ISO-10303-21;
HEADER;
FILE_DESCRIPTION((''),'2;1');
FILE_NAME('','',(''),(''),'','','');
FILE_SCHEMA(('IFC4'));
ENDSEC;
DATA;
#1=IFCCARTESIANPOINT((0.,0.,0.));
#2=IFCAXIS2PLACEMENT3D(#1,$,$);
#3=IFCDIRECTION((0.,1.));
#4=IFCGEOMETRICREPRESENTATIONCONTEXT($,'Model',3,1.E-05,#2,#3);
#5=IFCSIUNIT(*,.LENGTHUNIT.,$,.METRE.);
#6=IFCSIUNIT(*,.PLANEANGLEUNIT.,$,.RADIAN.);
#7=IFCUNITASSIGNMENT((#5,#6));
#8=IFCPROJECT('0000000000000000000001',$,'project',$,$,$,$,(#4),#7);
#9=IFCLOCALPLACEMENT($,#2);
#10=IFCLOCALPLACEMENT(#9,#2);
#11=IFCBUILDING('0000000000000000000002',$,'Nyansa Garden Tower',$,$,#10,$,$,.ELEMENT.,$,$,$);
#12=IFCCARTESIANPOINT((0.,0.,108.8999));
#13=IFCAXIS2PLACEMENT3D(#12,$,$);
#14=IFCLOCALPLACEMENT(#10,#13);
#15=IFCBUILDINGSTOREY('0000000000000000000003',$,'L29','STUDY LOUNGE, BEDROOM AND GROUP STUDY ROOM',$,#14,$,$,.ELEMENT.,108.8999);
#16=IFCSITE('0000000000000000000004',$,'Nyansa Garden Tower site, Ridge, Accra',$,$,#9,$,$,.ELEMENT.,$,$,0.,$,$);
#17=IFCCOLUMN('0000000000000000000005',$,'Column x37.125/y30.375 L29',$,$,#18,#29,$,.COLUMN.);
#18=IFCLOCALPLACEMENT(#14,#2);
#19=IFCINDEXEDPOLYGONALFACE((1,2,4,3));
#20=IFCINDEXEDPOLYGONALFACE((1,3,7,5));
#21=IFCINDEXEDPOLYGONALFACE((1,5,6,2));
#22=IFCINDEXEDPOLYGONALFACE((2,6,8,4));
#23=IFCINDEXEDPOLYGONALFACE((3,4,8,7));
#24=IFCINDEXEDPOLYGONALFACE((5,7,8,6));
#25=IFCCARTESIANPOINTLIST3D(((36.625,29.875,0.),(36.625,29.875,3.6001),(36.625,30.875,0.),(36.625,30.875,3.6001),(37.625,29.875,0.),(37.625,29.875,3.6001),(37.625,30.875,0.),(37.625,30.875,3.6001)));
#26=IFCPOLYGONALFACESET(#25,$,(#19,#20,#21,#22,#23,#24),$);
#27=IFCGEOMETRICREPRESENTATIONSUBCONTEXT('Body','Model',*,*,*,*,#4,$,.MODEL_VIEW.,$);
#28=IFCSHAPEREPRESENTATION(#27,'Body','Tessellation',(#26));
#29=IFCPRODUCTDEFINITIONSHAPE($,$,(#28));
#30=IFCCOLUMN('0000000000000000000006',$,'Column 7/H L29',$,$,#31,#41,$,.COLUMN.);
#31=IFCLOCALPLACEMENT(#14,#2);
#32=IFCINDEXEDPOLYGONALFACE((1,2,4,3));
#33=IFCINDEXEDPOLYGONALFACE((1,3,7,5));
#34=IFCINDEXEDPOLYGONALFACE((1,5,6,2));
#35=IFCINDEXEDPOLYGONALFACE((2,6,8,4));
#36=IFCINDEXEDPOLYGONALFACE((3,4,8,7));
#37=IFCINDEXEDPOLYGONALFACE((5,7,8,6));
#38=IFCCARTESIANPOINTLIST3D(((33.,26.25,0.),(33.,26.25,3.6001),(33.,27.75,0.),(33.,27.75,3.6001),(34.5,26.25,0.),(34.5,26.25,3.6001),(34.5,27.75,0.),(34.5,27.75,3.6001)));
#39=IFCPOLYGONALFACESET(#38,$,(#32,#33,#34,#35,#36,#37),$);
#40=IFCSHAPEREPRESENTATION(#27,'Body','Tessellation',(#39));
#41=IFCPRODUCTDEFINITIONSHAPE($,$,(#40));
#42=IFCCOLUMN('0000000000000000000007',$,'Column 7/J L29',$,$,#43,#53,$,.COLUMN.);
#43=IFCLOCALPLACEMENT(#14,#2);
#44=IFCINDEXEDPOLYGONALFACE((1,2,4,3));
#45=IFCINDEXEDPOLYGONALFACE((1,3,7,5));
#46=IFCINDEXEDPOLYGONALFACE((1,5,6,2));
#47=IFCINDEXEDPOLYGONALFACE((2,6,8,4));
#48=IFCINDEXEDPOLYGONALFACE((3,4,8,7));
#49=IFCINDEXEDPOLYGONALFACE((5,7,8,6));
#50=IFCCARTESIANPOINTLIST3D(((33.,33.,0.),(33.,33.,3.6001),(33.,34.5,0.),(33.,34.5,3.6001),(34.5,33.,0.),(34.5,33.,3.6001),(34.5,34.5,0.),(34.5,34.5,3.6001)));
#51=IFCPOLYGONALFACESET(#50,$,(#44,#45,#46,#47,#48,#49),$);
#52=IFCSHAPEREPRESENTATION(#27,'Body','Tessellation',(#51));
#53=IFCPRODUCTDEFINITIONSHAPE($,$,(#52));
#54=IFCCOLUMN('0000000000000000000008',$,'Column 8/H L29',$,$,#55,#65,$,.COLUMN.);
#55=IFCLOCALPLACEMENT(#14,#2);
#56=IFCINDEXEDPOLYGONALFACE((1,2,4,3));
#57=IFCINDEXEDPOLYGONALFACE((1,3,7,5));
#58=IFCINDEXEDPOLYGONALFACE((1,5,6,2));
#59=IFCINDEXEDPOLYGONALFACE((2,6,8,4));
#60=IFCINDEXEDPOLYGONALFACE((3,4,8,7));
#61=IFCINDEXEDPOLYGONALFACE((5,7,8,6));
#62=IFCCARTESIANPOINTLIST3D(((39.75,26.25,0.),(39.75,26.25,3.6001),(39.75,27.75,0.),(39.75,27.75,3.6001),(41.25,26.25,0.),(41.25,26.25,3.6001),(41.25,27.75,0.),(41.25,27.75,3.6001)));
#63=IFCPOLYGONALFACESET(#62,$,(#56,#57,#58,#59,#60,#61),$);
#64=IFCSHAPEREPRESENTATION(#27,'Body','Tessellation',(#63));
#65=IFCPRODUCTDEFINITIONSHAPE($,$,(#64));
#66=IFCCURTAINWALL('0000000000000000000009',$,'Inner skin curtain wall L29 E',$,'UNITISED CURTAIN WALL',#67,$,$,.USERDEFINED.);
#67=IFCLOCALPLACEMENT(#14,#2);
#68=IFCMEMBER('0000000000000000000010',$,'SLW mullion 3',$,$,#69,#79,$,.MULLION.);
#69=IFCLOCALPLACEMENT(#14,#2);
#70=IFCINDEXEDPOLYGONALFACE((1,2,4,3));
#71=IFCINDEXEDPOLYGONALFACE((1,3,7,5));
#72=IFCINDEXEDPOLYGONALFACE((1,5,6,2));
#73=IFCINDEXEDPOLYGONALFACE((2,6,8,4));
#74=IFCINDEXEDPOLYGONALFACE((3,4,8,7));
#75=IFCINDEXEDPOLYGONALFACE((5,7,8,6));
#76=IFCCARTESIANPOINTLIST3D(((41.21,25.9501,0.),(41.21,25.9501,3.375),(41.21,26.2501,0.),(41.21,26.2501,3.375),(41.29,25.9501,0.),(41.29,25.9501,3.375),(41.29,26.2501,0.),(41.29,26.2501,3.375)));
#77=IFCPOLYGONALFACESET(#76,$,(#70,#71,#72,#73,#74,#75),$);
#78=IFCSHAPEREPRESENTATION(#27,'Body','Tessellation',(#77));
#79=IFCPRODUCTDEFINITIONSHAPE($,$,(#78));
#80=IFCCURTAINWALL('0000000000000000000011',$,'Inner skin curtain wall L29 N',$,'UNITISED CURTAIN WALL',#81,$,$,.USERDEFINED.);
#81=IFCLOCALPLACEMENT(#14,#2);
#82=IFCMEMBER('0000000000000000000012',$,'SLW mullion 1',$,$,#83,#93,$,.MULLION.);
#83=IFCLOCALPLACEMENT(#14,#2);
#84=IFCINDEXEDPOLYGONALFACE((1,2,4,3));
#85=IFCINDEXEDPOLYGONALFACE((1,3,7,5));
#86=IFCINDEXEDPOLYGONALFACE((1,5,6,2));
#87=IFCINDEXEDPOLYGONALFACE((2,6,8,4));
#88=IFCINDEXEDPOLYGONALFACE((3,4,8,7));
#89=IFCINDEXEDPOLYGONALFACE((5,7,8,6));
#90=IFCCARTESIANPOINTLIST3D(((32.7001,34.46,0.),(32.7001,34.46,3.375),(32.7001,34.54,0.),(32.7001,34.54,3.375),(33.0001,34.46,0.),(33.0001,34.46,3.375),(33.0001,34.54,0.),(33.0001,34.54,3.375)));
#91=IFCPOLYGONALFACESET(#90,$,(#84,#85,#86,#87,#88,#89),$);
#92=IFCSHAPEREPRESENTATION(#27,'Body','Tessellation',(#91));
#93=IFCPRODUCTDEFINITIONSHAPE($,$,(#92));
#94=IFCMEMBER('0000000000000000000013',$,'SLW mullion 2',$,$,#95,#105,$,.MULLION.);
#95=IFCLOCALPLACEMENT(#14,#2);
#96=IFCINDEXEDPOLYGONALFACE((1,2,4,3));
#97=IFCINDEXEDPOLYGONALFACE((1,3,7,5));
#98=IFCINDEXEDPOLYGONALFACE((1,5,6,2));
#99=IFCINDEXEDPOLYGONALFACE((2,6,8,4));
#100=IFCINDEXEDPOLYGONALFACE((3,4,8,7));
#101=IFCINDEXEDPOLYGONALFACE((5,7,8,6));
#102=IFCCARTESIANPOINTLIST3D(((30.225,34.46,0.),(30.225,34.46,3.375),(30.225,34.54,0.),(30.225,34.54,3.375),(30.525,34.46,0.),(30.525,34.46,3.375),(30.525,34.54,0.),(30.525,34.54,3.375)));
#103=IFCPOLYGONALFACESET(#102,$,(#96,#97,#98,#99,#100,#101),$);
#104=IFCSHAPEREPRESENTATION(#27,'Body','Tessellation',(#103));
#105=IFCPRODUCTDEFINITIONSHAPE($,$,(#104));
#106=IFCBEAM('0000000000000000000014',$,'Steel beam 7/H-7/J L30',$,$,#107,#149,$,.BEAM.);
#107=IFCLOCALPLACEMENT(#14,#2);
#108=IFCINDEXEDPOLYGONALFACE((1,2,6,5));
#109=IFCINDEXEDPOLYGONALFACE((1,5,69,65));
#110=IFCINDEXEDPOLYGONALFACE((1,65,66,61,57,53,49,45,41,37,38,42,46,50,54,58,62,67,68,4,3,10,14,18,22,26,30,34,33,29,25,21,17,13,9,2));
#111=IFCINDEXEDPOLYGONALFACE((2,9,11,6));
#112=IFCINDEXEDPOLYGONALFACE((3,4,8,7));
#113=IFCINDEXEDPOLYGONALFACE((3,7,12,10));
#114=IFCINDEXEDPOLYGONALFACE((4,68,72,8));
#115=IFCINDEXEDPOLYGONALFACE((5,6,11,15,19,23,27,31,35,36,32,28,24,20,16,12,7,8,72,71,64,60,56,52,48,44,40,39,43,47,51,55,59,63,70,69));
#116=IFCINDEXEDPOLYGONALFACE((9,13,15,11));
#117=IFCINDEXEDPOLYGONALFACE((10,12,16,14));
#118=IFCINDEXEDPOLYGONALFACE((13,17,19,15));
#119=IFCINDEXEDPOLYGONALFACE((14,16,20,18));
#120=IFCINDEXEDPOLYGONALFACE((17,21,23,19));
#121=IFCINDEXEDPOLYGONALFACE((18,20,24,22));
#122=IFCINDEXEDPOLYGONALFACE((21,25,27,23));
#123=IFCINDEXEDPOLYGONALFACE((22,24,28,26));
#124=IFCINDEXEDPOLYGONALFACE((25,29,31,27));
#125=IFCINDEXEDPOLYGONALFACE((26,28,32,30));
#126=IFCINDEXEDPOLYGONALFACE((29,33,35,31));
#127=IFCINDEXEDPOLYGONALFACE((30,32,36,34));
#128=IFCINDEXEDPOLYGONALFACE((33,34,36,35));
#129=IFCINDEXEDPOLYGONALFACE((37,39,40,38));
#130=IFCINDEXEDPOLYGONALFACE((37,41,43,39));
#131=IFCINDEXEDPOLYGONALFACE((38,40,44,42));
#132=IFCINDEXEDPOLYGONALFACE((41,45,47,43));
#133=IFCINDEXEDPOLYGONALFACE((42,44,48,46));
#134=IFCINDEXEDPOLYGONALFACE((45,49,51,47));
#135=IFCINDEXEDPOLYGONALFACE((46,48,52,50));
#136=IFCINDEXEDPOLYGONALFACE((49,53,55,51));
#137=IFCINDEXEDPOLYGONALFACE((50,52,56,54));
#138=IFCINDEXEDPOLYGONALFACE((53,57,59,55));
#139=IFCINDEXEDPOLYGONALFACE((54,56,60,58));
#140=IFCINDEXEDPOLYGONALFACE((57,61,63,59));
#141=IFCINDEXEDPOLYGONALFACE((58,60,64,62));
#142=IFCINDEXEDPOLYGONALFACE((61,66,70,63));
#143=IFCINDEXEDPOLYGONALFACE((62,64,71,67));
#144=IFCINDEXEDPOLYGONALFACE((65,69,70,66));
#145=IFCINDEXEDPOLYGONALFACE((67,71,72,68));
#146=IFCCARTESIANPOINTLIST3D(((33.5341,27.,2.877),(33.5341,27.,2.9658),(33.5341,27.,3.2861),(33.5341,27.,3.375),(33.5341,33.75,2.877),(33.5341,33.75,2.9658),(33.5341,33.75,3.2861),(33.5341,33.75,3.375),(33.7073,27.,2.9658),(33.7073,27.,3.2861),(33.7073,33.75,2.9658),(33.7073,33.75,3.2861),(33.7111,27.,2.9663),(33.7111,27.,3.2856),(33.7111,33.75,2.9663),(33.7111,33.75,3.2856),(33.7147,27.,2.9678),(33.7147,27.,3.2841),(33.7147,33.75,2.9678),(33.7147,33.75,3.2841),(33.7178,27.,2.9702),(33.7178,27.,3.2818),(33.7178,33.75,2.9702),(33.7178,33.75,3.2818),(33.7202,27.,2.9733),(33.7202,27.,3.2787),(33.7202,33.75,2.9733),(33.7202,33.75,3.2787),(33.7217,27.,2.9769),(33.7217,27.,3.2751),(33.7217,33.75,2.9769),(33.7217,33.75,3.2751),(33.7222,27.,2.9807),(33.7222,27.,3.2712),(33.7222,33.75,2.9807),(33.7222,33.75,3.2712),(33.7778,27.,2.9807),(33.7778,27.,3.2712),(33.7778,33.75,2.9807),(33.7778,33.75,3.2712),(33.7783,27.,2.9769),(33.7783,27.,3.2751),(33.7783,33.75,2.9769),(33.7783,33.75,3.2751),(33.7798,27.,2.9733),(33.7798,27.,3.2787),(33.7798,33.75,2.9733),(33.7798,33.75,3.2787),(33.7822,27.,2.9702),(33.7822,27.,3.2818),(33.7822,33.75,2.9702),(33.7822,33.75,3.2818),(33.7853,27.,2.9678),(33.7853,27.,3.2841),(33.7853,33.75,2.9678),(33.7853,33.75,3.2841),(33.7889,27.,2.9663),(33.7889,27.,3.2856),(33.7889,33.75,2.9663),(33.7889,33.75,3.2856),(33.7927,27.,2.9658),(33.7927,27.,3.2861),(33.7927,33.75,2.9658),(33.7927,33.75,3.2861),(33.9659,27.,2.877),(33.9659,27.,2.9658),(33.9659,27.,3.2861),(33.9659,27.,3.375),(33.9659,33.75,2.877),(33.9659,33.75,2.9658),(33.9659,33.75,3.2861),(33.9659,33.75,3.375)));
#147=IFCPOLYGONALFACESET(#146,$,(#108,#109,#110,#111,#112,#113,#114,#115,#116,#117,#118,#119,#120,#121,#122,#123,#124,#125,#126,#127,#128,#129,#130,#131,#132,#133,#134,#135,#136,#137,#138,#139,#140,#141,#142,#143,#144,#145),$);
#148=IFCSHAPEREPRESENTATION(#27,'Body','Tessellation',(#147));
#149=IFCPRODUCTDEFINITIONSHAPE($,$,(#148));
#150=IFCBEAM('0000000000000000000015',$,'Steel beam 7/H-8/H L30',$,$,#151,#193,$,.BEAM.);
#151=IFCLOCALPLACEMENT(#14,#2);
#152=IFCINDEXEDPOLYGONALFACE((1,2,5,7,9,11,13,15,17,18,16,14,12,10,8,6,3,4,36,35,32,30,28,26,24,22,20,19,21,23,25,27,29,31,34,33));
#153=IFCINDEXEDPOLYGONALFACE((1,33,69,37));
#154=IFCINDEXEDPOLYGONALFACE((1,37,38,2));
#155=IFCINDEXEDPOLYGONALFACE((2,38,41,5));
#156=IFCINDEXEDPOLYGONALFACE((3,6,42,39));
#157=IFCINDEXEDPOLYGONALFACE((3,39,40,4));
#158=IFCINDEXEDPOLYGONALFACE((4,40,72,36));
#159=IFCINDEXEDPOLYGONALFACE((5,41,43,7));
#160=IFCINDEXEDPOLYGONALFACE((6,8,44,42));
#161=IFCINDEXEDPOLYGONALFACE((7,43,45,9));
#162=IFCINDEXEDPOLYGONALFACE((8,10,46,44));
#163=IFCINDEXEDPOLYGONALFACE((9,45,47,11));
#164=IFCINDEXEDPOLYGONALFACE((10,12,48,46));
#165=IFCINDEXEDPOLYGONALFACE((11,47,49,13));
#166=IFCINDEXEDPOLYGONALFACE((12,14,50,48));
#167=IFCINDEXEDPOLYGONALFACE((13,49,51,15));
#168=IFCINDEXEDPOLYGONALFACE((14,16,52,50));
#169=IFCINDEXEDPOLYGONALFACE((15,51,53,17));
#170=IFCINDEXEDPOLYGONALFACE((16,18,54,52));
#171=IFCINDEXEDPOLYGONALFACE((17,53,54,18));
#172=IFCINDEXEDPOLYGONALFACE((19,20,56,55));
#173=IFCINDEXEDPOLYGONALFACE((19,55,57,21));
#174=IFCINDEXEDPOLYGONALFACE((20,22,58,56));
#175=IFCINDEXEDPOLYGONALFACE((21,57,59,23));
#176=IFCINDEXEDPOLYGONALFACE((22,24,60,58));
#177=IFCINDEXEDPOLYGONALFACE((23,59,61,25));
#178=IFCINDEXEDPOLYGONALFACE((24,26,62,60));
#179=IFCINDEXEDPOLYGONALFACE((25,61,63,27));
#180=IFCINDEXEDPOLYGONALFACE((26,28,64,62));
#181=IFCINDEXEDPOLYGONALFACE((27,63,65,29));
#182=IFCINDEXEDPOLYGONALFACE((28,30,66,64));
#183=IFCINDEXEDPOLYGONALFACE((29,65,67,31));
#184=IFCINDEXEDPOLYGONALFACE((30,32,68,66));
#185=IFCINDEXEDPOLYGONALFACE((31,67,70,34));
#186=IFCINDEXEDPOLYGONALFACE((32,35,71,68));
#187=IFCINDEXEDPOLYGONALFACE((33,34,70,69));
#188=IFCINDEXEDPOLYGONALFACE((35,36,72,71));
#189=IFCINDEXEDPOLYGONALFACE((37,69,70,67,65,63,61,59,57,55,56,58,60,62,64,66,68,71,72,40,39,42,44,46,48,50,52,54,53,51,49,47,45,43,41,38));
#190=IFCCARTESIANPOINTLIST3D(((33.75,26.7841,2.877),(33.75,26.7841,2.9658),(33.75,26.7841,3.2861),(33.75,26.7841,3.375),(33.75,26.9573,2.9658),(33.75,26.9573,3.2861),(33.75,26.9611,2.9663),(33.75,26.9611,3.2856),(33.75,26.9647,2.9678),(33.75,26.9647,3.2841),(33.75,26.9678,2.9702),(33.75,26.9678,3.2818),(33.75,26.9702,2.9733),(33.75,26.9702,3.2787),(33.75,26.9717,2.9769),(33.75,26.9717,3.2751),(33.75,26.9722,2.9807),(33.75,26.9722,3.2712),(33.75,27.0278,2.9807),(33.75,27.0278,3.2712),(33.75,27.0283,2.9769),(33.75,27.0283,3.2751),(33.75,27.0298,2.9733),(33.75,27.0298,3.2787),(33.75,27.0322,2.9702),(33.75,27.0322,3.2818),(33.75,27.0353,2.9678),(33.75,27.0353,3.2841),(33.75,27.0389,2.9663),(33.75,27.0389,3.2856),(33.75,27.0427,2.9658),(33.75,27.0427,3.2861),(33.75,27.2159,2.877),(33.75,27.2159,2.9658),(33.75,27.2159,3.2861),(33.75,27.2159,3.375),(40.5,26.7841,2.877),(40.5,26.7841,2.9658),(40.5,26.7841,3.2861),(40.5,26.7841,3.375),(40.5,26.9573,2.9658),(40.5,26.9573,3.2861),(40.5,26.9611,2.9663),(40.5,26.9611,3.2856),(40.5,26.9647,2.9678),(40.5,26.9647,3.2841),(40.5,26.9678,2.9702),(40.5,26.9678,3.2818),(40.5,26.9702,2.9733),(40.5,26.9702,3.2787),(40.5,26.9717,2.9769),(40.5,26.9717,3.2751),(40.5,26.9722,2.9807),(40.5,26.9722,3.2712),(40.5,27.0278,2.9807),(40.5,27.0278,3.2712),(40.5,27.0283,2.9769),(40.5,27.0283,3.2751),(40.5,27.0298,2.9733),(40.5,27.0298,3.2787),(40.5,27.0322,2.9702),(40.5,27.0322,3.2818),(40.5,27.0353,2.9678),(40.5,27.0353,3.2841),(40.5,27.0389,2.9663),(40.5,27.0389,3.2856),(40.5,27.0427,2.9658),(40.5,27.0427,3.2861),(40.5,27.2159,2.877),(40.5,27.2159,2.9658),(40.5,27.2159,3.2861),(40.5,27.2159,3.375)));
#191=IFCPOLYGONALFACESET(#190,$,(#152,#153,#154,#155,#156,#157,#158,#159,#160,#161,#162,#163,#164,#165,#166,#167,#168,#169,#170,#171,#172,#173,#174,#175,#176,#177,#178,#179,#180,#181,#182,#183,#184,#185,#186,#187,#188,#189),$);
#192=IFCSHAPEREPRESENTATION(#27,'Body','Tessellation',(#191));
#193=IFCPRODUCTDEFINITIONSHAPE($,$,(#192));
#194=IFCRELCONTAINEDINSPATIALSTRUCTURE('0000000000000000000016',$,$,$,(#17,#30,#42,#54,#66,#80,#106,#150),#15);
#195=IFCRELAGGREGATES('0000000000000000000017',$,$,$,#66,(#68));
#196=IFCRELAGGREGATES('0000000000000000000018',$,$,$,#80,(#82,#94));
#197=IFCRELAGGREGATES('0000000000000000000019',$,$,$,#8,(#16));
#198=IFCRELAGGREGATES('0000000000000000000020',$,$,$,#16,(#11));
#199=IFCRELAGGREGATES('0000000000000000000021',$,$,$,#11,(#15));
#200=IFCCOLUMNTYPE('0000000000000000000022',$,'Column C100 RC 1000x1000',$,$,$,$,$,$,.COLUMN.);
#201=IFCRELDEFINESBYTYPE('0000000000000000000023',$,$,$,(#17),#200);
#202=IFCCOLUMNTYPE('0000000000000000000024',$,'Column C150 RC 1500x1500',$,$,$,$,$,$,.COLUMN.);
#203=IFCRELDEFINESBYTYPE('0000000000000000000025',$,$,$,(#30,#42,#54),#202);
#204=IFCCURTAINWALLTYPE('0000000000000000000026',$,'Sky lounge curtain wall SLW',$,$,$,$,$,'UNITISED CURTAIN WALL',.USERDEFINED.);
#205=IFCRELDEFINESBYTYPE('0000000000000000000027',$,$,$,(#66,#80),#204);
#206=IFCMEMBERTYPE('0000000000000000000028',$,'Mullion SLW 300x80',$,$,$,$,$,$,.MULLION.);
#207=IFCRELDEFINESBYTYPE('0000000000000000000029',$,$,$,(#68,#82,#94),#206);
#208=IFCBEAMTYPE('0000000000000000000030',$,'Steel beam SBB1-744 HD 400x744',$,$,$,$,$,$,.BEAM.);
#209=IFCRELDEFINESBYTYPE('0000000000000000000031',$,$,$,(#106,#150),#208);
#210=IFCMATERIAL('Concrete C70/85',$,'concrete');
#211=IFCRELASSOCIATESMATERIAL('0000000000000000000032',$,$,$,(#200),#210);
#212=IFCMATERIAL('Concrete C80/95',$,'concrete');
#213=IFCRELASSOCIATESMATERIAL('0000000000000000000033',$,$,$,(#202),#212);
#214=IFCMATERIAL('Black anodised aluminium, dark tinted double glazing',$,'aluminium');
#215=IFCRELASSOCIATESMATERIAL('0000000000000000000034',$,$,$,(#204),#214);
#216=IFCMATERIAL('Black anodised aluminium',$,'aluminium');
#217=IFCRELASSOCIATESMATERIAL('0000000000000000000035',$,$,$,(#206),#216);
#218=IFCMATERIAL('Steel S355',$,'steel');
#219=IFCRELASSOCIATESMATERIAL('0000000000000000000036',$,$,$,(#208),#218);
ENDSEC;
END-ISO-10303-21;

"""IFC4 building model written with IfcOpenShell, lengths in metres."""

from ifc_helpers import new_model, si_unit, direction, frame, origin, origin_2d, place, context, subcontext, project, spatial, rectangle, i_section, extrude, material, material_profile, profile_set, type_object, element, aggregate, save


model = new_model("IFC4")

# Units and contexts
model_context = context("Model", 3, precision=1e-05, world=origin(), true_north=direction((0.0, 1.0)))
body_context = subcontext(model_context, "Body", "Model", "MODEL_VIEW")
ifc_project = project(units=[si_unit("LENGTHUNIT", "METRE"), si_unit("PLANEANGLEUNIT", "RADIAN")], contexts=[model_context])

# Site, building, storey
site_placement = place(None, origin())
site = spatial("IfcSite", under=ifc_project, at=site_placement, Name="Nyansa Garden Tower site, Ridge, Accra", CompositionType="ELEMENT", RefElevation=0.0)
building_placement = place(site_placement, origin())
building = spatial("IfcBuilding", under=site, at=building_placement, Name="Nyansa Garden Tower", CompositionType="ELEMENT")
storey_placement = place(building_placement, frame((0.0, 0.0, 108.8999)))
storey = spatial("IfcBuildingStorey", under=building, at=storey_placement, Name="L29", Description="STUDY LOUNGE, BEDROOM AND GROUP STUDY ROOM", CompositionType="ELEMENT", Elevation=108.8999)

# Columns
ifc_material_1 = material(Name="Concrete C70/85", Category="concrete")
ifc_material_profile_1 = material_profile(ifc_material_1, rectangle(XDim=1.0, YDim=1.0, at=origin_2d()), Name="RC 1000x1000")
ifc_profile_set_1 = profile_set([ifc_material_profile_1], Name="Concrete C70/85")
column_type_1 = type_object("IfcColumnType", Name="Column C100 RC 1000x1000", PredefinedType="COLUMN", material=ifc_profile_set_1)
column_placement = place(storey_placement, frame((37.125, 30.375, 0.0), z_axis=(0.0, 0.0, 1.0), x_axis=(1.0, 0.0, 0.0)))
element("IfcColumn", 1, at=column_placement, inside=storey, type_object=column_type_1, Name="Column x37.125/y30.375 L29", PredefinedType="COLUMN", context=body_context, shape_type="SweptSolid", body=[
    extrude(rectangle(XDim=1.0, YDim=1.0, at=origin_2d()), origin(), (0.0, 0.0, 1.0), 3.6001),
])
ifc_material_2 = material(Name="Concrete C80/95", Category="concrete")
ifc_material_profile_2 = material_profile(ifc_material_2, rectangle(XDim=1.5, YDim=1.5, at=origin_2d()), Name="RC 1500x1500")
ifc_profile_set_2 = profile_set([ifc_material_profile_2], Name="Concrete C80/95")
column_type_2 = type_object("IfcColumnType", Name="Column C150 RC 1500x1500", PredefinedType="COLUMN", material=ifc_profile_set_2)
for number, where, z_axis, x_axis, name in (
    (2, (33.75, 27.0, 0.0), (0.0, 0.0, 1.0), (1.0, 0.0, 0.0), "Column 7/H L29"),
    (3, (33.75, 33.75, 0.0), (0.0, 0.0, 1.0), (1.0, 0.0, 0.0), "Column 7/J L29"),
    (4, (40.5, 27.0, 0.0), (0.0, 0.0, 1.0), (1.0, 0.0, 0.0), "Column 8/H L29"),
):
    element("IfcColumn", number, at=place(storey_placement, frame(where, z_axis=z_axis, x_axis=x_axis)), inside=storey, type_object=column_type_2, Name=name, PredefinedType="COLUMN", context=body_context, shape_type="SweptSolid", body=[
        extrude(rectangle(XDim=1.5, YDim=1.5, at=origin_2d()), origin(), (0.0, 0.0, 1.0), 3.6001),
    ])

# Curtain wall, member
ifc_material_3 = material(Name="Black anodised aluminium, dark tinted double glazing", Category="aluminium")
curtain_wall_type = type_object("IfcCurtainWallType", Name="Sky lounge curtain wall SLW", ElementType="UNITISED CURTAIN WALL", PredefinedType="USERDEFINED", material=ifc_material_3)
curtain_wall_1_placement = place(storey_placement, origin())
curtain_wall_1 = element("IfcCurtainWall", 5, at=curtain_wall_1_placement, inside=storey, type_object=curtain_wall_type, Name="Inner skin curtain wall L29 E", ObjectType="UNITISED CURTAIN WALL", PredefinedType="USERDEFINED")
ifc_material_4 = material(Name="Black anodised aluminium", Category="aluminium")
ifc_material_profile_3 = material_profile(ifc_material_4, rectangle(XDim=0.0801, YDim=0.3, at=origin_2d()), Name="Mullion 300x80")
ifc_profile_set_3 = profile_set([ifc_material_profile_3], Name="Black anodised aluminium")
member_type_1 = type_object("IfcMemberType", Name="Mullion SLW 300x80", PredefinedType="MULLION", material=ifc_profile_set_3)
member_1_placement = place(storey_placement, frame((41.25, 26.1001, 0.0), z_axis=(0.0, 0.0, 1.0), x_axis=(-1.0, 0.0, 0.0)))
member_1 = element("IfcMember", 6, at=member_1_placement, type_object=member_type_1, Name="SLW mullion 3", PredefinedType="MULLION", context=body_context, shape_type="SweptSolid", body=[
    extrude(rectangle(XDim=0.0801, YDim=0.3, at=origin_2d()), origin(), (0.0, 0.0, 1.0), 3.375),
])

# Curtain wall, members
curtain_wall_2_placement = place(storey_placement, origin())
curtain_wall_2 = element("IfcCurtainWall", 7, at=curtain_wall_2_placement, inside=storey, type_object=curtain_wall_type, Name="Inner skin curtain wall L29 N", ObjectType="UNITISED CURTAIN WALL", PredefinedType="USERDEFINED")
member_2_placement = place(storey_placement, frame((32.8501, 34.5, 0.0), z_axis=(0.0, 0.0, 1.0), x_axis=(0.0, -1.0, 0.0)))
member_2 = element("IfcMember", 8, at=member_2_placement, type_object=member_type_1, Name="SLW mullion 1", PredefinedType="MULLION", context=body_context, shape_type="SweptSolid", body=[
    extrude(rectangle(XDim=0.0801, YDim=0.3, at=origin_2d()), origin(), (0.0, 0.0, 1.0), 3.375),
])
member_3_placement = place(storey_placement, frame((30.375, 34.5, 0.0), z_axis=(0.0, 0.0, 1.0), x_axis=(0.0, -1.0, 0.0)))
member_3 = element("IfcMember", 9, at=member_3_placement, type_object=member_type_1, Name="SLW mullion 2", PredefinedType="MULLION", context=body_context, shape_type="SweptSolid", body=[
    extrude(rectangle(XDim=0.0801, YDim=0.3, at=origin_2d()), origin(), (0.0, 0.0, 1.0), 3.375),
])

# Beams
ifc_material_5 = material(Name="Steel S355", Category="steel")
ifc_material_profile_4 = material_profile(ifc_material_5, i_section(OverallWidth=0.4319, OverallDepth=0.498, WebThickness=0.0557, FlangeThickness=0.0889, FilletRadius=0.0149, at=origin_2d()), Name="HD 400x744")
ifc_profile_set_4 = profile_set([ifc_material_profile_4], Name="Steel S355")
beam_type_1 = type_object("IfcBeamType", Name="Steel beam SBB1-744 HD 400x744", PredefinedType="BEAM", material=ifc_profile_set_4)
for number, where, z_axis, x_axis, name in (
    (10, (33.75, 27.0, 3.126), (0.0, 1.0, 0.0), (-1.0, 0.0, 0.0), "Steel beam 7/H-7/J L30"),
    (11, (33.75, 27.0, 3.126), (1.0, 0.0, 0.0), (0.0, 1.0, 0.0), "Steel beam 7/H-8/H L30"),
):
    element("IfcBeam", number, at=place(storey_placement, frame(where, z_axis=z_axis, x_axis=x_axis)), inside=storey, type_object=beam_type_1, Name=name, PredefinedType="BEAM", context=body_context, shape_type="SweptSolid", body=[
        extrude(i_section(OverallWidth=0.4319, OverallDepth=0.498, WebThickness=0.0557, FlangeThickness=0.0889, FilletRadius=0.0149, at=origin_2d()), origin(), (0.0, 0.0, 1.0), 6.75),
    ])

aggregate(curtain_wall_1, [member_1])
aggregate(curtain_wall_2, [member_2, member_3])

save(model, "model.ifc")
